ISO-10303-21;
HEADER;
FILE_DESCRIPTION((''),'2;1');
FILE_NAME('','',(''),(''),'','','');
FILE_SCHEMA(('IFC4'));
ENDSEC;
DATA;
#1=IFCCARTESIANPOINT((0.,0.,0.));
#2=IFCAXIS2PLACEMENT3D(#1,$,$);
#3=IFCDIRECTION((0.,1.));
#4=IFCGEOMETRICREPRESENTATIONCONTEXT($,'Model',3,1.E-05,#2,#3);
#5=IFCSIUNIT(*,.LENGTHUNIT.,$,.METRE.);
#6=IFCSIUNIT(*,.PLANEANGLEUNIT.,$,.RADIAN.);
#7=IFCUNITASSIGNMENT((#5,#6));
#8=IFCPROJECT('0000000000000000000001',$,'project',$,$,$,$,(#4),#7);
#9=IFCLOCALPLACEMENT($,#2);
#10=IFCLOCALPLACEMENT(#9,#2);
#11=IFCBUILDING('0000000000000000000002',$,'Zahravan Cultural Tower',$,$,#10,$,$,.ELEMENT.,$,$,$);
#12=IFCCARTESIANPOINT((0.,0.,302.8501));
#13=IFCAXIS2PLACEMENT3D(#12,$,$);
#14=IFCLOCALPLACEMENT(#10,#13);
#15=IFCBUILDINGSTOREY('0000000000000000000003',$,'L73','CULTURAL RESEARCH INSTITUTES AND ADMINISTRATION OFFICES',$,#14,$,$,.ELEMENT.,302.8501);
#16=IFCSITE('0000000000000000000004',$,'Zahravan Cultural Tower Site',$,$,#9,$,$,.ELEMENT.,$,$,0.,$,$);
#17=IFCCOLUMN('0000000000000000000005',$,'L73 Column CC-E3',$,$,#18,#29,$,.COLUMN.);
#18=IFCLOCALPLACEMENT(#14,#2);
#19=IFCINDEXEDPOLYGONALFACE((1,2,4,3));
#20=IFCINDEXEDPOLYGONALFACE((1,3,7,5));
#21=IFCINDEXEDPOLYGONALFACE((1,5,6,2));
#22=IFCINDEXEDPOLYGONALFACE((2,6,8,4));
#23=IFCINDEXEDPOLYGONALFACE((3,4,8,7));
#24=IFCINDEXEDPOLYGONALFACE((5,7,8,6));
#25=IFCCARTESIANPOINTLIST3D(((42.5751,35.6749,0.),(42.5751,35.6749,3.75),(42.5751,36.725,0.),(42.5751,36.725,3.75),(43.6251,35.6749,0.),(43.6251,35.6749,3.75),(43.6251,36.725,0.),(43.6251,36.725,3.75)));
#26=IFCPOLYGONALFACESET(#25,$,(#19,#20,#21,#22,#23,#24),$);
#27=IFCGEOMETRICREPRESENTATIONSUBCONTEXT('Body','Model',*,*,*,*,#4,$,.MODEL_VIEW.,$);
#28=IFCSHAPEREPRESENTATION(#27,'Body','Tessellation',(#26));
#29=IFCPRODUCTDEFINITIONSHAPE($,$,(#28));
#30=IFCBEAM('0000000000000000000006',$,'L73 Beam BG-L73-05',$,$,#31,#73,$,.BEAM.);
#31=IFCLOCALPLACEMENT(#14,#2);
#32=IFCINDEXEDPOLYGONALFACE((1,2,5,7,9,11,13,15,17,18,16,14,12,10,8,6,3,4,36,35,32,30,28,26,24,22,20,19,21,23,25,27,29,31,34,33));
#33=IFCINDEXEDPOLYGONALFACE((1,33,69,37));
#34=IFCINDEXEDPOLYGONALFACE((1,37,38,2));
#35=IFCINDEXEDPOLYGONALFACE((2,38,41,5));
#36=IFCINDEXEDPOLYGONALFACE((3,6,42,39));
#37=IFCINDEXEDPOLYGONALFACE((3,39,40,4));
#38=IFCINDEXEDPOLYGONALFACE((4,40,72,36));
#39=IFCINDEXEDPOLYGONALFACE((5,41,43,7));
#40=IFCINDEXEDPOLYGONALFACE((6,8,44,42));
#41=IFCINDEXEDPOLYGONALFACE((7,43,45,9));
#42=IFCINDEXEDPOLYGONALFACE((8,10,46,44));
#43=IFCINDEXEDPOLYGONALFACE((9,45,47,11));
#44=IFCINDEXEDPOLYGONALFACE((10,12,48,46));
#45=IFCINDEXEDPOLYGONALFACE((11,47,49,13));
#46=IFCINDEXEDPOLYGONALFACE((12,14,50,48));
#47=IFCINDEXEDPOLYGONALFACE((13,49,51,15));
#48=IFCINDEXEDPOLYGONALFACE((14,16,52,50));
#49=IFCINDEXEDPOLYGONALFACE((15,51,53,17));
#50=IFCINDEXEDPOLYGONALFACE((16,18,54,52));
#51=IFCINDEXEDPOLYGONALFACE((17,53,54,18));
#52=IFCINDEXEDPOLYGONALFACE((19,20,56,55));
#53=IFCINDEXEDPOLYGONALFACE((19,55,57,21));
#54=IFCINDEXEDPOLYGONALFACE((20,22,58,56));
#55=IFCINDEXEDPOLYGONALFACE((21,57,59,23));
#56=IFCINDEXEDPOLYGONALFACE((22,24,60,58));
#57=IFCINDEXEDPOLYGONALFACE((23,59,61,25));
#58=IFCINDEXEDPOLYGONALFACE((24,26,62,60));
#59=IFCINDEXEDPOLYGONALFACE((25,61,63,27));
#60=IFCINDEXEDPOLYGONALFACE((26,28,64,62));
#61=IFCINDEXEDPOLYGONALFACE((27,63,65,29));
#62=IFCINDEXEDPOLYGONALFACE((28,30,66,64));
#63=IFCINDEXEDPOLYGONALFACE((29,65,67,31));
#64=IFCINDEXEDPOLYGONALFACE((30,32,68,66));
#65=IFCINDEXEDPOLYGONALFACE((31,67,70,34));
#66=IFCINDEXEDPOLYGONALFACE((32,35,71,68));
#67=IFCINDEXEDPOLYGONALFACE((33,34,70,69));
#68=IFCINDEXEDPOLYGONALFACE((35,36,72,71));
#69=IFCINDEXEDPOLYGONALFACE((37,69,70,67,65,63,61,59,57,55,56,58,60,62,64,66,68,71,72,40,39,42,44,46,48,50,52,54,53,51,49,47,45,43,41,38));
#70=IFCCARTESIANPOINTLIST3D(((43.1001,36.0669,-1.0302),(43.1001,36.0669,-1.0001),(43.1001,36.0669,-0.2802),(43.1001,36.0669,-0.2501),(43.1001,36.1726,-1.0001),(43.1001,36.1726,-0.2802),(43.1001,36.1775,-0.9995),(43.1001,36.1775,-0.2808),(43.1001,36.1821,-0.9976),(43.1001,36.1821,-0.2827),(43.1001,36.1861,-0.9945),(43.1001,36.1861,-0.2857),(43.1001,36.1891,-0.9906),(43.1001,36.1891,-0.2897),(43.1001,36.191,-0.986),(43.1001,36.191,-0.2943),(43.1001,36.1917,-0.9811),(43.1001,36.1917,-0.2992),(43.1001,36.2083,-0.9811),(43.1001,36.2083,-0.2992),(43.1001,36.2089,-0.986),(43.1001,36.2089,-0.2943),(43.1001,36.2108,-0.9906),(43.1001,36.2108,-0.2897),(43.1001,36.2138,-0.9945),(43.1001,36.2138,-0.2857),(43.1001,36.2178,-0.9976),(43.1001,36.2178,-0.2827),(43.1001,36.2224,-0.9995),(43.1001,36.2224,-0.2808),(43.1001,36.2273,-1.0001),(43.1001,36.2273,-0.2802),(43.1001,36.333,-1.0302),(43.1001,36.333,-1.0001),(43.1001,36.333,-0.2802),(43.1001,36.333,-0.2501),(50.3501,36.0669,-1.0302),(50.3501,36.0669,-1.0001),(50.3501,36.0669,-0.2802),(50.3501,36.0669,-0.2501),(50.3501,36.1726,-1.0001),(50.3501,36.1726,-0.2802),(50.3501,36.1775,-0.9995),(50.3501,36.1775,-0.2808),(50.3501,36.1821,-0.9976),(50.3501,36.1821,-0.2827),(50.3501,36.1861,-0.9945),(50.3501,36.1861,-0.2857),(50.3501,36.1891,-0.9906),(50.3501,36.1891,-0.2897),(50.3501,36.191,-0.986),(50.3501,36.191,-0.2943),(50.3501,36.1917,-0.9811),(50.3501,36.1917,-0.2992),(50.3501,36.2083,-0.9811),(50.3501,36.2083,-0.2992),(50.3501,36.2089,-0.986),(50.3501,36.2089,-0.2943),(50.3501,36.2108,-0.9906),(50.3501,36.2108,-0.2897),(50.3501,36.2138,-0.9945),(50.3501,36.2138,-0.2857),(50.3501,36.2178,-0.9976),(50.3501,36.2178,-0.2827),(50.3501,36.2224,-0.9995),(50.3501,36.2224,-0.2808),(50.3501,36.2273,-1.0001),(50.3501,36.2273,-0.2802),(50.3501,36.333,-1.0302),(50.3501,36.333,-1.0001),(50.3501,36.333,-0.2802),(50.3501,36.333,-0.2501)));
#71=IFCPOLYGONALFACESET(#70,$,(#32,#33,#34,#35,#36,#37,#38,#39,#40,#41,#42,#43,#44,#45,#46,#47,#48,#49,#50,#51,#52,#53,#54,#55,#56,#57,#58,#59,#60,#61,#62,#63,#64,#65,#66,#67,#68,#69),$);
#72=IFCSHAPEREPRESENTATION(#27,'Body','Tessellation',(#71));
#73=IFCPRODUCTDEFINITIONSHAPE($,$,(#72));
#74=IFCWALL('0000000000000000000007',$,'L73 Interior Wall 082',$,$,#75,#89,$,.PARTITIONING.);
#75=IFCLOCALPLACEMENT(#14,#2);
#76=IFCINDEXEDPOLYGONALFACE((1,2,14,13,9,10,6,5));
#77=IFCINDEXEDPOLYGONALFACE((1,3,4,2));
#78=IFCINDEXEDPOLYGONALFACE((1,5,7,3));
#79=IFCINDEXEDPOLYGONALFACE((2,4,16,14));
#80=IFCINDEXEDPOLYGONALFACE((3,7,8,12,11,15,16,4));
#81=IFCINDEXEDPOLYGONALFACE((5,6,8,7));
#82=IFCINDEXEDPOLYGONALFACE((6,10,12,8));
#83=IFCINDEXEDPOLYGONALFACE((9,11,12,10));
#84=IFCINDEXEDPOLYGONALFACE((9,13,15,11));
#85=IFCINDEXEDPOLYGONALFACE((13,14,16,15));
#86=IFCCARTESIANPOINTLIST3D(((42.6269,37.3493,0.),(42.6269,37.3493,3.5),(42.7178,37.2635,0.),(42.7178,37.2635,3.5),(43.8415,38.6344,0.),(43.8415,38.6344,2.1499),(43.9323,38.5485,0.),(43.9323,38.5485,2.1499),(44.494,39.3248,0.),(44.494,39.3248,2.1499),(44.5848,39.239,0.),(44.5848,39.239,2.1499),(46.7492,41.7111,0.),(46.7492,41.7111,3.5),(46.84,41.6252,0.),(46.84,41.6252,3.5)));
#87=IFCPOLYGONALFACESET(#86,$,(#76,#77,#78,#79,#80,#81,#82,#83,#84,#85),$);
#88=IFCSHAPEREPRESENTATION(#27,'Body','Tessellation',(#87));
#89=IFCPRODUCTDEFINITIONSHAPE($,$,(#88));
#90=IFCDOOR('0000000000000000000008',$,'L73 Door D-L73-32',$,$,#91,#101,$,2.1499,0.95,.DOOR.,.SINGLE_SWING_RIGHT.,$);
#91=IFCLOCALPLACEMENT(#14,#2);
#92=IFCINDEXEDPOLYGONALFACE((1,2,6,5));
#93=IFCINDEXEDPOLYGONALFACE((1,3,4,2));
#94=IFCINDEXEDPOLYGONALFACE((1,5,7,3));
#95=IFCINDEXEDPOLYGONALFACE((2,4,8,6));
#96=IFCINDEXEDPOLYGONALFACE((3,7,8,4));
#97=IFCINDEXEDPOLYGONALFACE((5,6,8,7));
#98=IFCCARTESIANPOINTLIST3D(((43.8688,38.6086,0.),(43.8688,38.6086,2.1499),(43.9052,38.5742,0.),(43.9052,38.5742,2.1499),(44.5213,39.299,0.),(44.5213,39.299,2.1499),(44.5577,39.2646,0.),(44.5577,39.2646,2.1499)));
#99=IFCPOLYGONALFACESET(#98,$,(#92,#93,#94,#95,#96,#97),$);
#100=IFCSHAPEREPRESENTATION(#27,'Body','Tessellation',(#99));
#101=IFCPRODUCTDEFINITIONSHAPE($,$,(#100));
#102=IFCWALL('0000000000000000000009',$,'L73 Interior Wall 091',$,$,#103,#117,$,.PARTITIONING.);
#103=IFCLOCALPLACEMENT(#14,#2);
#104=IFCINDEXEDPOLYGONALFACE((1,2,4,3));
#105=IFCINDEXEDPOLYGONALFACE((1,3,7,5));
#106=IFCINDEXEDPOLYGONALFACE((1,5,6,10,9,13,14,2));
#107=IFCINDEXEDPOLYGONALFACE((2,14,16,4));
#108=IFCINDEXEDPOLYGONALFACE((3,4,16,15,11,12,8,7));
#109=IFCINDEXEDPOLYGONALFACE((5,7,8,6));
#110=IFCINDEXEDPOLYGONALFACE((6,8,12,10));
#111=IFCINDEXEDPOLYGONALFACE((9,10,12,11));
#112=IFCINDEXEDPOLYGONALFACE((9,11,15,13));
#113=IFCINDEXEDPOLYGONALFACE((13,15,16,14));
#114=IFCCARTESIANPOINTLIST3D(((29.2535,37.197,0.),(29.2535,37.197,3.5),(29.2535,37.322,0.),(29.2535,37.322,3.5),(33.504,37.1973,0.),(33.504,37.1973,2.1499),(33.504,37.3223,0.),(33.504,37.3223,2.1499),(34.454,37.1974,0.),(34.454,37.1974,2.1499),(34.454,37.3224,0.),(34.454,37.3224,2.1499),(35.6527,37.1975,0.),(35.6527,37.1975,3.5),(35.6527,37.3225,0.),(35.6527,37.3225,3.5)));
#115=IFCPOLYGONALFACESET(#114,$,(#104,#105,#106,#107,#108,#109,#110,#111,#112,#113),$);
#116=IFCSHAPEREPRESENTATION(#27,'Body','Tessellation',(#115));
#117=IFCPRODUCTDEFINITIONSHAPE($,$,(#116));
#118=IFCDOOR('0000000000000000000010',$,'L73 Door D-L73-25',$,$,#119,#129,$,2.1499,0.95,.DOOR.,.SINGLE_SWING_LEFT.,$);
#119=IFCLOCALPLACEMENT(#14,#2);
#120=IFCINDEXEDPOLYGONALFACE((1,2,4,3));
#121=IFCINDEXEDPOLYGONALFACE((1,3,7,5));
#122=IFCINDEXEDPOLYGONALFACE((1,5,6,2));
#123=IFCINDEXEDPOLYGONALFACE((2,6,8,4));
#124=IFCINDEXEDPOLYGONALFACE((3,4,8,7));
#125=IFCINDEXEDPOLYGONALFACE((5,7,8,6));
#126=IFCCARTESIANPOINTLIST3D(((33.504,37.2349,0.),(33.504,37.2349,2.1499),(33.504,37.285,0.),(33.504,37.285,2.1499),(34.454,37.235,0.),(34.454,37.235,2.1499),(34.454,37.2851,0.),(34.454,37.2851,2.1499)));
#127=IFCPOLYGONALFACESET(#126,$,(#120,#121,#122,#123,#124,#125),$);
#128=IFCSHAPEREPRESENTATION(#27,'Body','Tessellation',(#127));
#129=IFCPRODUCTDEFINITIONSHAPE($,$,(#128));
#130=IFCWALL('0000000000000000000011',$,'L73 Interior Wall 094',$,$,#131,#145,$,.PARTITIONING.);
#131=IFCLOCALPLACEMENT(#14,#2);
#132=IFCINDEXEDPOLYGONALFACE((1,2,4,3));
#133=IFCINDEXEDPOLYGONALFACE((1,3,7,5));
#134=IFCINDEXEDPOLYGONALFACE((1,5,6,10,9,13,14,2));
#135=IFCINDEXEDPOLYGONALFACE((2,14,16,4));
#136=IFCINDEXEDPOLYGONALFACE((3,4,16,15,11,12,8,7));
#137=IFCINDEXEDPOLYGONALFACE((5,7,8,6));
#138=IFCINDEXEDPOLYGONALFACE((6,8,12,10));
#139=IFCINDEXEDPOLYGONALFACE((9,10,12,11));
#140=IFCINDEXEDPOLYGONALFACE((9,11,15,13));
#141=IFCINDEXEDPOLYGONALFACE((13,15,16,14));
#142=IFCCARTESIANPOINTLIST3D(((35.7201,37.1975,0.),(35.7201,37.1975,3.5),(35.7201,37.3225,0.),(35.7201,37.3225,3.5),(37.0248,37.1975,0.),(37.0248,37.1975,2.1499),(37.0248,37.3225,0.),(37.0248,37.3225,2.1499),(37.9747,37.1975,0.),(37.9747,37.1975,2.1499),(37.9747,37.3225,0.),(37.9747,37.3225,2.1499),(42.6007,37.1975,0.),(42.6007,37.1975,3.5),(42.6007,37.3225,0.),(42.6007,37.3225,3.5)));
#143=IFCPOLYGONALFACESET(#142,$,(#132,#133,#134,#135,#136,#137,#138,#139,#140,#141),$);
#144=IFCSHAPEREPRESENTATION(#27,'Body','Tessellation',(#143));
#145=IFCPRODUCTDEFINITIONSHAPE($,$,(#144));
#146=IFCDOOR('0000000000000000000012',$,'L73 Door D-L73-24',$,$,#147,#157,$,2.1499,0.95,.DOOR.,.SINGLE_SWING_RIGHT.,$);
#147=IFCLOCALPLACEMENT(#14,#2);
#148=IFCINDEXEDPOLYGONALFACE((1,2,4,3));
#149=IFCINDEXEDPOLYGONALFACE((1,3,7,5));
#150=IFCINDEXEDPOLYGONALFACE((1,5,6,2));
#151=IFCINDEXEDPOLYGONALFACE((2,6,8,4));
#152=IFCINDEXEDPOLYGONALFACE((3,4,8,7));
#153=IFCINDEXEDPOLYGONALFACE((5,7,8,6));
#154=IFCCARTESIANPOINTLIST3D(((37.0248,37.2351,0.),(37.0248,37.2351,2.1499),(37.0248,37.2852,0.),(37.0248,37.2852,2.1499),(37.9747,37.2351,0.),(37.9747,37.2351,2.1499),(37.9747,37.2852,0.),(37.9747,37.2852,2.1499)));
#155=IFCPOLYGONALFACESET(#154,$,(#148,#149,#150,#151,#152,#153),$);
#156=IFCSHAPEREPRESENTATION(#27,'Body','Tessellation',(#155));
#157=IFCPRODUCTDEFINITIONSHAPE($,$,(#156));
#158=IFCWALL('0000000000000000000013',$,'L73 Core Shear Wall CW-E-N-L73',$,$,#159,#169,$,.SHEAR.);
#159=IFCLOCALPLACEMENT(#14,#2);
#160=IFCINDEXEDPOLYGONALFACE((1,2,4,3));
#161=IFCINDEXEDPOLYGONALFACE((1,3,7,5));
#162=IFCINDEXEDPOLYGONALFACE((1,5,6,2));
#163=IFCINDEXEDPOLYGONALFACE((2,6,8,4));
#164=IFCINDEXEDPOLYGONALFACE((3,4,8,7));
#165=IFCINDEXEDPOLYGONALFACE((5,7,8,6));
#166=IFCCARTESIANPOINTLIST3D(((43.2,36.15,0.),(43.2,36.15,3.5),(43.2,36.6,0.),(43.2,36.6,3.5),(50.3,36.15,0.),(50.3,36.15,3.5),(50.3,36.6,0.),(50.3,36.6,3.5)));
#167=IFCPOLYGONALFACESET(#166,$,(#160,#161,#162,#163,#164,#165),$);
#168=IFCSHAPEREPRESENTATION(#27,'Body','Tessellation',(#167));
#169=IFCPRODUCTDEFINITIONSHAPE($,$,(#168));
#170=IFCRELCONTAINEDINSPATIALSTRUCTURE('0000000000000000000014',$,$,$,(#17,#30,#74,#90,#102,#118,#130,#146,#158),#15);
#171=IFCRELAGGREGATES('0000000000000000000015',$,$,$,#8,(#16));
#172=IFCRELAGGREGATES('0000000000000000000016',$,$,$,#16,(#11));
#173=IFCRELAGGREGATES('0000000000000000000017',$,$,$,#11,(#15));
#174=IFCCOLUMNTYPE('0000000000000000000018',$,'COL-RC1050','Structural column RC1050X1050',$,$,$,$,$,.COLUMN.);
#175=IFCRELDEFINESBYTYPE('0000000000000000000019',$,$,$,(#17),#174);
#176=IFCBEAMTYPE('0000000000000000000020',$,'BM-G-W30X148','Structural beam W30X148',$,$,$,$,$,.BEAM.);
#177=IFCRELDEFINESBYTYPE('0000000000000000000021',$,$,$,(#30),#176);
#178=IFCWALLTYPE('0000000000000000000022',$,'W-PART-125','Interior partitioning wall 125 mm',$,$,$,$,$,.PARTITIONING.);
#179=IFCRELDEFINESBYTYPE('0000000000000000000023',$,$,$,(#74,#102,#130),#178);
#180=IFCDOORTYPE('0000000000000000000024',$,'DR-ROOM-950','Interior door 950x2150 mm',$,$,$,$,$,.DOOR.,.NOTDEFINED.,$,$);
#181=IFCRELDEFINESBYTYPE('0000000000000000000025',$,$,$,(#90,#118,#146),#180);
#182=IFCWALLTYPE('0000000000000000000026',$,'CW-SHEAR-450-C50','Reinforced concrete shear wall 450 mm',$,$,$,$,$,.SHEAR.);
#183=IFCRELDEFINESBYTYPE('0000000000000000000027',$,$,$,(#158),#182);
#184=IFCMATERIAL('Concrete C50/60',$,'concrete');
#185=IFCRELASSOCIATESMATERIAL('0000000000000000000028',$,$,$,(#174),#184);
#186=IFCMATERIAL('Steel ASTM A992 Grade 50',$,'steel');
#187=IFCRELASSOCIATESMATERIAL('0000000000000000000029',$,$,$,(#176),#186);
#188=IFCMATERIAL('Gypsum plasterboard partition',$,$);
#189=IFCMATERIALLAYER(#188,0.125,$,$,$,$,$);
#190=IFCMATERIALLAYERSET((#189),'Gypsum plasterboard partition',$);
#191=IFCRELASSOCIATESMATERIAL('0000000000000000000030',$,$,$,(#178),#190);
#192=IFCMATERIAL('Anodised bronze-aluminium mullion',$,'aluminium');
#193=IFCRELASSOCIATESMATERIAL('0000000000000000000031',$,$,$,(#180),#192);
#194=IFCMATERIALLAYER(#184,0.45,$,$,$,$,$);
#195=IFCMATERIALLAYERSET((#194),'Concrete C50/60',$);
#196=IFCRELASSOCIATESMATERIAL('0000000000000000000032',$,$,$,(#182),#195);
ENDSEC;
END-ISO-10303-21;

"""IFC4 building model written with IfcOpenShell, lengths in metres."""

from ifc_helpers import new_model, si_unit, direction, frame, frame_2d, origin, origin_2d, place, context, subcontext, project, spatial, rectangle, i_section, extrude, source, transform, mapped, material, layer, layer_set, material_profile, profile_set, type_object, element, fill, save


model = new_model("IFC4")

# Units and contexts
model_context = context("Model", 3, precision=1e-05, world=origin(), true_north=direction((0.0, 1.0)))
body_context = subcontext(model_context, "Body", "Model", "MODEL_VIEW")
ifc_project = project(units=[si_unit("LENGTHUNIT", "METRE"), si_unit("PLANEANGLEUNIT", "RADIAN")], contexts=[model_context])

# Site, building, storey
site_placement = place(None, origin())
site = spatial("IfcSite", under=ifc_project, at=site_placement, Name="Zahravan Cultural Tower Site", CompositionType="ELEMENT", RefElevation=0.0)
building_placement = place(site_placement, origin())
building = spatial("IfcBuilding", under=site, at=building_placement, Name="Zahravan Cultural Tower", CompositionType="ELEMENT")
storey_placement = place(building_placement, frame((0.0, 0.0, 302.8501)))
storey = spatial("IfcBuildingStorey", under=building, at=storey_placement, Name="L73", Description="CULTURAL RESEARCH INSTITUTES AND ADMINISTRATION OFFICES", CompositionType="ELEMENT", Elevation=302.8501)

# Column
ifc_material_1 = material(Name="Concrete C50/60", Category="concrete")
ifc_material_profile_1 = material_profile(ifc_material_1, rectangle(XDim=1.05, YDim=1.05, at=origin_2d()), Name="RC1050X1050")
ifc_profile_set_1 = profile_set([ifc_material_profile_1], Name="Concrete C50/60")
column_type = type_object("IfcColumnType", Name="COL-RC1050", Description="Structural column RC1050X1050", PredefinedType="COLUMN", material=ifc_profile_set_1)
shared_shape_1 = source(origin(), body_context, "Body", "SweptSolid", [
    extrude(rectangle(XDim=1.05, YDim=1.05, at=origin_2d()), origin(), (0.0, 0.0, 1.0), 3.75),
])
column_placement = place(storey_placement, frame((43.1001, 36.2, 0.0), z_axis=(0.0, 0.0, 1.0), x_axis=(1.0, 0.0, 0.0)))
element("IfcColumn", 1, at=column_placement, inside=storey, type_object=column_type, Name="L73 Column CC-E3", PredefinedType="COLUMN", context=body_context, shape_type="MappedRepresentation", body=[
    mapped(shared_shape_1, transform((0.0, 0.0, 0.0), x_axis=(1.0, 0.0, 0.0), y_axis=(0.0, 1.0, 0.0), z_axis=(0.0, 0.0, 1.0), scale=1.0)),
])

# Beam
ifc_material_2 = material(Name="Steel ASTM A992 Grade 50", Category="steel")
ifc_material_profile_2 = material_profile(ifc_material_2, i_section(OverallWidth=0.2661, OverallDepth=0.78, WebThickness=0.0166, FlangeThickness=0.03, FilletRadius=0.019, at=origin_2d()), Name="W30X148")
ifc_profile_set_2 = profile_set([ifc_material_profile_2], Name="Steel ASTM A992 Grade 50")
beam_type = type_object("IfcBeamType", Name="BM-G-W30X148", Description="Structural beam W30X148", PredefinedType="BEAM", material=ifc_profile_set_2)
shared_shape_2 = source(origin(), body_context, "Body", "SweptSolid", [
    extrude(i_section(OverallWidth=0.2661, OverallDepth=0.78, WebThickness=0.0166, FlangeThickness=0.03, FilletRadius=0.019, at=origin_2d()), origin(), (0.0, 0.0, 1.0), 7.25),
])
beam_placement = place(storey_placement, frame((43.1001, 36.2, -0.6401), z_axis=(1.0, 0.0, 0.0), x_axis=(0.0, 1.0, 0.0)))
element("IfcBeam", 2, at=beam_placement, inside=storey, type_object=beam_type, Name="L73 Beam BG-L73-05", PredefinedType="BEAM", context=body_context, shape_type="MappedRepresentation", body=[
    mapped(shared_shape_2, transform((0.0, 0.0, 0.0), x_axis=(1.0, 0.0, 0.0), y_axis=(0.0, 1.0, 0.0), z_axis=(0.0, 0.0, 1.0), scale=1.0)),
])

# Walls, openings, doors
ifc_material_3 = material(Name="Anodised bronze-aluminium mullion", Category="aluminium")
ifc_material_4 = material(Name="Gypsum plasterboard partition")
ifc_layer_1 = layer(ifc_material_4, 0.125)
ifc_layer_set_1 = layer_set([ifc_layer_1], Name="Gypsum plasterboard partition")
wall_type_1 = type_object("IfcWallType", Name="W-PART-125", Description="Interior partitioning wall 125 mm", PredefinedType="PARTITIONING", material=ifc_layer_set_1)
wall_1_placement = place(storey_placement, frame((42.6724, 37.3064, 0.0), z_axis=(0.0, 0.0, 1.0), x_axis=(0.686872, 0.726778, 0.0)))
wall_1 = element("IfcWall", 3, at=wall_1_placement, inside=storey, type_object=wall_type_1, Name="L73 Interior Wall 082", PredefinedType="PARTITIONING", context=body_context, shape_type="SweptSolid", body=[
    extrude(rectangle(XDim=6.0015, YDim=0.125, at=frame_2d((3.0007, 0.0))), origin(), (0.0, 0.0, 1.0), 3.5),
])
opening_1_placement = place(wall_1_placement, frame((1.7681, 0.0, 0.0)))
opening_1 = element("IfcOpeningElement", 4, at=opening_1_placement, cuts=wall_1, PredefinedType="OPENING", context=body_context, shape_type="SweptSolid", body=[
    extrude(rectangle(XDim=0.95, YDim=2.1499, at=frame_2d((0.4751, 1.075))), frame((0.0, 0.0725, 0.0), z_axis=(0.0, -1.0, 0.0), x_axis=(1.0, 0.0, 0.0)), (0.0, 0.0, 1.0), 0.145),
])
door_type_1 = type_object("IfcDoorType", Name="DR-ROOM-950", Description="Interior door 950x2150 mm", OperationType="NOTDEFINED", PredefinedType="DOOR", material=ifc_material_3)
shared_shape_3 = source(origin(), body_context, "Body", "SweptSolid", [
    extrude(rectangle(XDim=0.95, YDim=2.1499, at=frame_2d((0.4751, 1.075))), frame((0.0, 0.0249, 0.0), z_axis=(0.0, -1.0, 0.0), x_axis=(1.0, 0.0, 0.0)), (0.0, 0.0, 1.0), 0.05),
])
door_1_placement = place(opening_1_placement, origin())
door_1 = element("IfcDoor", 5, at=door_1_placement, inside=storey, type_object=door_type_1, Name="L73 Door D-L73-32", OperationType="SINGLE_SWING_RIGHT", OverallHeight=2.1499, OverallWidth=0.95, PredefinedType="DOOR", context=body_context, shape_type="MappedRepresentation", body=[
    mapped(shared_shape_3, transform((0.0, 0.0, 0.0), x_axis=(1.0, 0.0, 0.0), y_axis=(0.0, 1.0, 0.0), z_axis=(0.0, 0.0, 1.0), scale=1.0)),
])
fill(opening_1, door_1)
wall_2_placement = place(storey_placement, frame((35.6528, 37.26, 0.0), z_axis=(0.0, 0.0, 1.0), x_axis=(-1.0, -0.000076, 0.0)))
wall_2 = element("IfcWall", 6, at=wall_2_placement, inside=storey, type_object=wall_type_1, Name="L73 Interior Wall 091", PredefinedType="PARTITIONING", context=body_context, shape_type="SweptSolid", body=[
    extrude(rectangle(XDim=6.3992, YDim=0.125, at=frame_2d((3.1997, 0.0))), origin(), (0.0, 0.0, 1.0), 3.5),
])
opening_2_placement = place(wall_2_placement, frame((1.1987, 0.0, 0.0)))
opening_2 = element("IfcOpeningElement", 7, at=opening_2_placement, cuts=wall_2, PredefinedType="OPENING", context=body_context, shape_type="SweptSolid", body=[
    extrude(rectangle(XDim=0.95, YDim=2.1499, at=frame_2d((0.4751, 1.075))), frame((0.0, 0.0725, 0.0), z_axis=(0.0, -1.0, 0.0), x_axis=(1.0, 0.0, 0.0)), (0.0, 0.0, 1.0), 0.145),
])
door_2_placement = place(opening_2_placement, origin())
door_2 = element("IfcDoor", 8, at=door_2_placement, inside=storey, type_object=door_type_1, Name="L73 Door D-L73-25", OperationType="SINGLE_SWING_LEFT", OverallHeight=2.1499, OverallWidth=0.95, PredefinedType="DOOR", context=body_context, shape_type="MappedRepresentation", body=[
    mapped(shared_shape_3, transform((0.0, 0.0, 0.0), x_axis=(1.0, 0.0, 0.0), y_axis=(0.0, 1.0, 0.0), z_axis=(0.0, 0.0, 1.0), scale=1.0)),
])
fill(opening_2, door_2)
wall_3_placement = place(storey_placement, frame((42.6008, 37.26, 0.0), z_axis=(0.0, 0.0, 1.0), x_axis=(-1.0, 0.0, 0.0)))
wall_3 = element("IfcWall", 9, at=wall_3_placement, inside=storey, type_object=wall_type_1, Name="L73 Interior Wall 094", PredefinedType="PARTITIONING", context=body_context, shape_type="SweptSolid", body=[
    extrude(rectangle(XDim=6.8806, YDim=0.125, at=frame_2d((3.4404, 0.0))), origin(), (0.0, 0.0, 1.0), 3.5),
])
opening_3_placement = place(wall_3_placement, frame((4.626, 0.0, 0.0)))
opening_3 = element("IfcOpeningElement", 10, at=opening_3_placement, cuts=wall_3, PredefinedType="OPENING", context=body_context, shape_type="SweptSolid", body=[
    extrude(rectangle(XDim=0.95, YDim=2.1499, at=frame_2d((0.4751, 1.075))), frame((0.0, 0.0725, 0.0), z_axis=(0.0, -1.0, 0.0), x_axis=(1.0, 0.0, 0.0)), (0.0, 0.0, 1.0), 0.145),
])
door_3_placement = place(opening_3_placement, origin())
door_3 = element("IfcDoor", 11, at=door_3_placement, inside=storey, type_object=door_type_1, Name="L73 Door D-L73-24", OperationType="SINGLE_SWING_RIGHT", OverallHeight=2.1499, OverallWidth=0.95, PredefinedType="DOOR", context=body_context, shape_type="MappedRepresentation", body=[
    mapped(shared_shape_3, transform((0.0, 0.0, 0.0), x_axis=(1.0, 0.0, 0.0), y_axis=(0.0, 1.0, 0.0), z_axis=(0.0, 0.0, 1.0), scale=1.0)),
])
fill(opening_3, door_3)

# Wall
ifc_layer_2 = layer(ifc_material_1, 0.45)
ifc_layer_set_2 = layer_set([ifc_layer_2], Name="Concrete C50/60")
wall_type_2 = type_object("IfcWallType", Name="CW-SHEAR-450-C50", Description="Reinforced concrete shear wall 450 mm", PredefinedType="SHEAR", material=ifc_layer_set_2)
shared_shape_4 = source(origin(), body_context, "Body", "SweptSolid", [
    extrude(rectangle(XDim=7.1001, YDim=0.45, at=frame_2d((3.55, 0.0))), origin(), (0.0, 0.0, 1.0), 3.5),
])
wall_4_placement = place(storey_placement, frame((43.2, 36.375, 0.0), z_axis=(0.0, 0.0, 1.0), x_axis=(1.0, 0.0, 0.0)))
element("IfcWall", 12, at=wall_4_placement, inside=storey, type_object=wall_type_2, Name="L73 Core Shear Wall CW-E-N-L73", PredefinedType="SHEAR", context=body_context, shape_type="MappedRepresentation", body=[
    mapped(shared_shape_4, transform((0.0, 0.0, 0.0), x_axis=(1.0, 0.0, 0.0), y_axis=(0.0, 1.0, 0.0), z_axis=(0.0, 0.0, 1.0), scale=1.0)),
])

save(model, "model.ifc")
